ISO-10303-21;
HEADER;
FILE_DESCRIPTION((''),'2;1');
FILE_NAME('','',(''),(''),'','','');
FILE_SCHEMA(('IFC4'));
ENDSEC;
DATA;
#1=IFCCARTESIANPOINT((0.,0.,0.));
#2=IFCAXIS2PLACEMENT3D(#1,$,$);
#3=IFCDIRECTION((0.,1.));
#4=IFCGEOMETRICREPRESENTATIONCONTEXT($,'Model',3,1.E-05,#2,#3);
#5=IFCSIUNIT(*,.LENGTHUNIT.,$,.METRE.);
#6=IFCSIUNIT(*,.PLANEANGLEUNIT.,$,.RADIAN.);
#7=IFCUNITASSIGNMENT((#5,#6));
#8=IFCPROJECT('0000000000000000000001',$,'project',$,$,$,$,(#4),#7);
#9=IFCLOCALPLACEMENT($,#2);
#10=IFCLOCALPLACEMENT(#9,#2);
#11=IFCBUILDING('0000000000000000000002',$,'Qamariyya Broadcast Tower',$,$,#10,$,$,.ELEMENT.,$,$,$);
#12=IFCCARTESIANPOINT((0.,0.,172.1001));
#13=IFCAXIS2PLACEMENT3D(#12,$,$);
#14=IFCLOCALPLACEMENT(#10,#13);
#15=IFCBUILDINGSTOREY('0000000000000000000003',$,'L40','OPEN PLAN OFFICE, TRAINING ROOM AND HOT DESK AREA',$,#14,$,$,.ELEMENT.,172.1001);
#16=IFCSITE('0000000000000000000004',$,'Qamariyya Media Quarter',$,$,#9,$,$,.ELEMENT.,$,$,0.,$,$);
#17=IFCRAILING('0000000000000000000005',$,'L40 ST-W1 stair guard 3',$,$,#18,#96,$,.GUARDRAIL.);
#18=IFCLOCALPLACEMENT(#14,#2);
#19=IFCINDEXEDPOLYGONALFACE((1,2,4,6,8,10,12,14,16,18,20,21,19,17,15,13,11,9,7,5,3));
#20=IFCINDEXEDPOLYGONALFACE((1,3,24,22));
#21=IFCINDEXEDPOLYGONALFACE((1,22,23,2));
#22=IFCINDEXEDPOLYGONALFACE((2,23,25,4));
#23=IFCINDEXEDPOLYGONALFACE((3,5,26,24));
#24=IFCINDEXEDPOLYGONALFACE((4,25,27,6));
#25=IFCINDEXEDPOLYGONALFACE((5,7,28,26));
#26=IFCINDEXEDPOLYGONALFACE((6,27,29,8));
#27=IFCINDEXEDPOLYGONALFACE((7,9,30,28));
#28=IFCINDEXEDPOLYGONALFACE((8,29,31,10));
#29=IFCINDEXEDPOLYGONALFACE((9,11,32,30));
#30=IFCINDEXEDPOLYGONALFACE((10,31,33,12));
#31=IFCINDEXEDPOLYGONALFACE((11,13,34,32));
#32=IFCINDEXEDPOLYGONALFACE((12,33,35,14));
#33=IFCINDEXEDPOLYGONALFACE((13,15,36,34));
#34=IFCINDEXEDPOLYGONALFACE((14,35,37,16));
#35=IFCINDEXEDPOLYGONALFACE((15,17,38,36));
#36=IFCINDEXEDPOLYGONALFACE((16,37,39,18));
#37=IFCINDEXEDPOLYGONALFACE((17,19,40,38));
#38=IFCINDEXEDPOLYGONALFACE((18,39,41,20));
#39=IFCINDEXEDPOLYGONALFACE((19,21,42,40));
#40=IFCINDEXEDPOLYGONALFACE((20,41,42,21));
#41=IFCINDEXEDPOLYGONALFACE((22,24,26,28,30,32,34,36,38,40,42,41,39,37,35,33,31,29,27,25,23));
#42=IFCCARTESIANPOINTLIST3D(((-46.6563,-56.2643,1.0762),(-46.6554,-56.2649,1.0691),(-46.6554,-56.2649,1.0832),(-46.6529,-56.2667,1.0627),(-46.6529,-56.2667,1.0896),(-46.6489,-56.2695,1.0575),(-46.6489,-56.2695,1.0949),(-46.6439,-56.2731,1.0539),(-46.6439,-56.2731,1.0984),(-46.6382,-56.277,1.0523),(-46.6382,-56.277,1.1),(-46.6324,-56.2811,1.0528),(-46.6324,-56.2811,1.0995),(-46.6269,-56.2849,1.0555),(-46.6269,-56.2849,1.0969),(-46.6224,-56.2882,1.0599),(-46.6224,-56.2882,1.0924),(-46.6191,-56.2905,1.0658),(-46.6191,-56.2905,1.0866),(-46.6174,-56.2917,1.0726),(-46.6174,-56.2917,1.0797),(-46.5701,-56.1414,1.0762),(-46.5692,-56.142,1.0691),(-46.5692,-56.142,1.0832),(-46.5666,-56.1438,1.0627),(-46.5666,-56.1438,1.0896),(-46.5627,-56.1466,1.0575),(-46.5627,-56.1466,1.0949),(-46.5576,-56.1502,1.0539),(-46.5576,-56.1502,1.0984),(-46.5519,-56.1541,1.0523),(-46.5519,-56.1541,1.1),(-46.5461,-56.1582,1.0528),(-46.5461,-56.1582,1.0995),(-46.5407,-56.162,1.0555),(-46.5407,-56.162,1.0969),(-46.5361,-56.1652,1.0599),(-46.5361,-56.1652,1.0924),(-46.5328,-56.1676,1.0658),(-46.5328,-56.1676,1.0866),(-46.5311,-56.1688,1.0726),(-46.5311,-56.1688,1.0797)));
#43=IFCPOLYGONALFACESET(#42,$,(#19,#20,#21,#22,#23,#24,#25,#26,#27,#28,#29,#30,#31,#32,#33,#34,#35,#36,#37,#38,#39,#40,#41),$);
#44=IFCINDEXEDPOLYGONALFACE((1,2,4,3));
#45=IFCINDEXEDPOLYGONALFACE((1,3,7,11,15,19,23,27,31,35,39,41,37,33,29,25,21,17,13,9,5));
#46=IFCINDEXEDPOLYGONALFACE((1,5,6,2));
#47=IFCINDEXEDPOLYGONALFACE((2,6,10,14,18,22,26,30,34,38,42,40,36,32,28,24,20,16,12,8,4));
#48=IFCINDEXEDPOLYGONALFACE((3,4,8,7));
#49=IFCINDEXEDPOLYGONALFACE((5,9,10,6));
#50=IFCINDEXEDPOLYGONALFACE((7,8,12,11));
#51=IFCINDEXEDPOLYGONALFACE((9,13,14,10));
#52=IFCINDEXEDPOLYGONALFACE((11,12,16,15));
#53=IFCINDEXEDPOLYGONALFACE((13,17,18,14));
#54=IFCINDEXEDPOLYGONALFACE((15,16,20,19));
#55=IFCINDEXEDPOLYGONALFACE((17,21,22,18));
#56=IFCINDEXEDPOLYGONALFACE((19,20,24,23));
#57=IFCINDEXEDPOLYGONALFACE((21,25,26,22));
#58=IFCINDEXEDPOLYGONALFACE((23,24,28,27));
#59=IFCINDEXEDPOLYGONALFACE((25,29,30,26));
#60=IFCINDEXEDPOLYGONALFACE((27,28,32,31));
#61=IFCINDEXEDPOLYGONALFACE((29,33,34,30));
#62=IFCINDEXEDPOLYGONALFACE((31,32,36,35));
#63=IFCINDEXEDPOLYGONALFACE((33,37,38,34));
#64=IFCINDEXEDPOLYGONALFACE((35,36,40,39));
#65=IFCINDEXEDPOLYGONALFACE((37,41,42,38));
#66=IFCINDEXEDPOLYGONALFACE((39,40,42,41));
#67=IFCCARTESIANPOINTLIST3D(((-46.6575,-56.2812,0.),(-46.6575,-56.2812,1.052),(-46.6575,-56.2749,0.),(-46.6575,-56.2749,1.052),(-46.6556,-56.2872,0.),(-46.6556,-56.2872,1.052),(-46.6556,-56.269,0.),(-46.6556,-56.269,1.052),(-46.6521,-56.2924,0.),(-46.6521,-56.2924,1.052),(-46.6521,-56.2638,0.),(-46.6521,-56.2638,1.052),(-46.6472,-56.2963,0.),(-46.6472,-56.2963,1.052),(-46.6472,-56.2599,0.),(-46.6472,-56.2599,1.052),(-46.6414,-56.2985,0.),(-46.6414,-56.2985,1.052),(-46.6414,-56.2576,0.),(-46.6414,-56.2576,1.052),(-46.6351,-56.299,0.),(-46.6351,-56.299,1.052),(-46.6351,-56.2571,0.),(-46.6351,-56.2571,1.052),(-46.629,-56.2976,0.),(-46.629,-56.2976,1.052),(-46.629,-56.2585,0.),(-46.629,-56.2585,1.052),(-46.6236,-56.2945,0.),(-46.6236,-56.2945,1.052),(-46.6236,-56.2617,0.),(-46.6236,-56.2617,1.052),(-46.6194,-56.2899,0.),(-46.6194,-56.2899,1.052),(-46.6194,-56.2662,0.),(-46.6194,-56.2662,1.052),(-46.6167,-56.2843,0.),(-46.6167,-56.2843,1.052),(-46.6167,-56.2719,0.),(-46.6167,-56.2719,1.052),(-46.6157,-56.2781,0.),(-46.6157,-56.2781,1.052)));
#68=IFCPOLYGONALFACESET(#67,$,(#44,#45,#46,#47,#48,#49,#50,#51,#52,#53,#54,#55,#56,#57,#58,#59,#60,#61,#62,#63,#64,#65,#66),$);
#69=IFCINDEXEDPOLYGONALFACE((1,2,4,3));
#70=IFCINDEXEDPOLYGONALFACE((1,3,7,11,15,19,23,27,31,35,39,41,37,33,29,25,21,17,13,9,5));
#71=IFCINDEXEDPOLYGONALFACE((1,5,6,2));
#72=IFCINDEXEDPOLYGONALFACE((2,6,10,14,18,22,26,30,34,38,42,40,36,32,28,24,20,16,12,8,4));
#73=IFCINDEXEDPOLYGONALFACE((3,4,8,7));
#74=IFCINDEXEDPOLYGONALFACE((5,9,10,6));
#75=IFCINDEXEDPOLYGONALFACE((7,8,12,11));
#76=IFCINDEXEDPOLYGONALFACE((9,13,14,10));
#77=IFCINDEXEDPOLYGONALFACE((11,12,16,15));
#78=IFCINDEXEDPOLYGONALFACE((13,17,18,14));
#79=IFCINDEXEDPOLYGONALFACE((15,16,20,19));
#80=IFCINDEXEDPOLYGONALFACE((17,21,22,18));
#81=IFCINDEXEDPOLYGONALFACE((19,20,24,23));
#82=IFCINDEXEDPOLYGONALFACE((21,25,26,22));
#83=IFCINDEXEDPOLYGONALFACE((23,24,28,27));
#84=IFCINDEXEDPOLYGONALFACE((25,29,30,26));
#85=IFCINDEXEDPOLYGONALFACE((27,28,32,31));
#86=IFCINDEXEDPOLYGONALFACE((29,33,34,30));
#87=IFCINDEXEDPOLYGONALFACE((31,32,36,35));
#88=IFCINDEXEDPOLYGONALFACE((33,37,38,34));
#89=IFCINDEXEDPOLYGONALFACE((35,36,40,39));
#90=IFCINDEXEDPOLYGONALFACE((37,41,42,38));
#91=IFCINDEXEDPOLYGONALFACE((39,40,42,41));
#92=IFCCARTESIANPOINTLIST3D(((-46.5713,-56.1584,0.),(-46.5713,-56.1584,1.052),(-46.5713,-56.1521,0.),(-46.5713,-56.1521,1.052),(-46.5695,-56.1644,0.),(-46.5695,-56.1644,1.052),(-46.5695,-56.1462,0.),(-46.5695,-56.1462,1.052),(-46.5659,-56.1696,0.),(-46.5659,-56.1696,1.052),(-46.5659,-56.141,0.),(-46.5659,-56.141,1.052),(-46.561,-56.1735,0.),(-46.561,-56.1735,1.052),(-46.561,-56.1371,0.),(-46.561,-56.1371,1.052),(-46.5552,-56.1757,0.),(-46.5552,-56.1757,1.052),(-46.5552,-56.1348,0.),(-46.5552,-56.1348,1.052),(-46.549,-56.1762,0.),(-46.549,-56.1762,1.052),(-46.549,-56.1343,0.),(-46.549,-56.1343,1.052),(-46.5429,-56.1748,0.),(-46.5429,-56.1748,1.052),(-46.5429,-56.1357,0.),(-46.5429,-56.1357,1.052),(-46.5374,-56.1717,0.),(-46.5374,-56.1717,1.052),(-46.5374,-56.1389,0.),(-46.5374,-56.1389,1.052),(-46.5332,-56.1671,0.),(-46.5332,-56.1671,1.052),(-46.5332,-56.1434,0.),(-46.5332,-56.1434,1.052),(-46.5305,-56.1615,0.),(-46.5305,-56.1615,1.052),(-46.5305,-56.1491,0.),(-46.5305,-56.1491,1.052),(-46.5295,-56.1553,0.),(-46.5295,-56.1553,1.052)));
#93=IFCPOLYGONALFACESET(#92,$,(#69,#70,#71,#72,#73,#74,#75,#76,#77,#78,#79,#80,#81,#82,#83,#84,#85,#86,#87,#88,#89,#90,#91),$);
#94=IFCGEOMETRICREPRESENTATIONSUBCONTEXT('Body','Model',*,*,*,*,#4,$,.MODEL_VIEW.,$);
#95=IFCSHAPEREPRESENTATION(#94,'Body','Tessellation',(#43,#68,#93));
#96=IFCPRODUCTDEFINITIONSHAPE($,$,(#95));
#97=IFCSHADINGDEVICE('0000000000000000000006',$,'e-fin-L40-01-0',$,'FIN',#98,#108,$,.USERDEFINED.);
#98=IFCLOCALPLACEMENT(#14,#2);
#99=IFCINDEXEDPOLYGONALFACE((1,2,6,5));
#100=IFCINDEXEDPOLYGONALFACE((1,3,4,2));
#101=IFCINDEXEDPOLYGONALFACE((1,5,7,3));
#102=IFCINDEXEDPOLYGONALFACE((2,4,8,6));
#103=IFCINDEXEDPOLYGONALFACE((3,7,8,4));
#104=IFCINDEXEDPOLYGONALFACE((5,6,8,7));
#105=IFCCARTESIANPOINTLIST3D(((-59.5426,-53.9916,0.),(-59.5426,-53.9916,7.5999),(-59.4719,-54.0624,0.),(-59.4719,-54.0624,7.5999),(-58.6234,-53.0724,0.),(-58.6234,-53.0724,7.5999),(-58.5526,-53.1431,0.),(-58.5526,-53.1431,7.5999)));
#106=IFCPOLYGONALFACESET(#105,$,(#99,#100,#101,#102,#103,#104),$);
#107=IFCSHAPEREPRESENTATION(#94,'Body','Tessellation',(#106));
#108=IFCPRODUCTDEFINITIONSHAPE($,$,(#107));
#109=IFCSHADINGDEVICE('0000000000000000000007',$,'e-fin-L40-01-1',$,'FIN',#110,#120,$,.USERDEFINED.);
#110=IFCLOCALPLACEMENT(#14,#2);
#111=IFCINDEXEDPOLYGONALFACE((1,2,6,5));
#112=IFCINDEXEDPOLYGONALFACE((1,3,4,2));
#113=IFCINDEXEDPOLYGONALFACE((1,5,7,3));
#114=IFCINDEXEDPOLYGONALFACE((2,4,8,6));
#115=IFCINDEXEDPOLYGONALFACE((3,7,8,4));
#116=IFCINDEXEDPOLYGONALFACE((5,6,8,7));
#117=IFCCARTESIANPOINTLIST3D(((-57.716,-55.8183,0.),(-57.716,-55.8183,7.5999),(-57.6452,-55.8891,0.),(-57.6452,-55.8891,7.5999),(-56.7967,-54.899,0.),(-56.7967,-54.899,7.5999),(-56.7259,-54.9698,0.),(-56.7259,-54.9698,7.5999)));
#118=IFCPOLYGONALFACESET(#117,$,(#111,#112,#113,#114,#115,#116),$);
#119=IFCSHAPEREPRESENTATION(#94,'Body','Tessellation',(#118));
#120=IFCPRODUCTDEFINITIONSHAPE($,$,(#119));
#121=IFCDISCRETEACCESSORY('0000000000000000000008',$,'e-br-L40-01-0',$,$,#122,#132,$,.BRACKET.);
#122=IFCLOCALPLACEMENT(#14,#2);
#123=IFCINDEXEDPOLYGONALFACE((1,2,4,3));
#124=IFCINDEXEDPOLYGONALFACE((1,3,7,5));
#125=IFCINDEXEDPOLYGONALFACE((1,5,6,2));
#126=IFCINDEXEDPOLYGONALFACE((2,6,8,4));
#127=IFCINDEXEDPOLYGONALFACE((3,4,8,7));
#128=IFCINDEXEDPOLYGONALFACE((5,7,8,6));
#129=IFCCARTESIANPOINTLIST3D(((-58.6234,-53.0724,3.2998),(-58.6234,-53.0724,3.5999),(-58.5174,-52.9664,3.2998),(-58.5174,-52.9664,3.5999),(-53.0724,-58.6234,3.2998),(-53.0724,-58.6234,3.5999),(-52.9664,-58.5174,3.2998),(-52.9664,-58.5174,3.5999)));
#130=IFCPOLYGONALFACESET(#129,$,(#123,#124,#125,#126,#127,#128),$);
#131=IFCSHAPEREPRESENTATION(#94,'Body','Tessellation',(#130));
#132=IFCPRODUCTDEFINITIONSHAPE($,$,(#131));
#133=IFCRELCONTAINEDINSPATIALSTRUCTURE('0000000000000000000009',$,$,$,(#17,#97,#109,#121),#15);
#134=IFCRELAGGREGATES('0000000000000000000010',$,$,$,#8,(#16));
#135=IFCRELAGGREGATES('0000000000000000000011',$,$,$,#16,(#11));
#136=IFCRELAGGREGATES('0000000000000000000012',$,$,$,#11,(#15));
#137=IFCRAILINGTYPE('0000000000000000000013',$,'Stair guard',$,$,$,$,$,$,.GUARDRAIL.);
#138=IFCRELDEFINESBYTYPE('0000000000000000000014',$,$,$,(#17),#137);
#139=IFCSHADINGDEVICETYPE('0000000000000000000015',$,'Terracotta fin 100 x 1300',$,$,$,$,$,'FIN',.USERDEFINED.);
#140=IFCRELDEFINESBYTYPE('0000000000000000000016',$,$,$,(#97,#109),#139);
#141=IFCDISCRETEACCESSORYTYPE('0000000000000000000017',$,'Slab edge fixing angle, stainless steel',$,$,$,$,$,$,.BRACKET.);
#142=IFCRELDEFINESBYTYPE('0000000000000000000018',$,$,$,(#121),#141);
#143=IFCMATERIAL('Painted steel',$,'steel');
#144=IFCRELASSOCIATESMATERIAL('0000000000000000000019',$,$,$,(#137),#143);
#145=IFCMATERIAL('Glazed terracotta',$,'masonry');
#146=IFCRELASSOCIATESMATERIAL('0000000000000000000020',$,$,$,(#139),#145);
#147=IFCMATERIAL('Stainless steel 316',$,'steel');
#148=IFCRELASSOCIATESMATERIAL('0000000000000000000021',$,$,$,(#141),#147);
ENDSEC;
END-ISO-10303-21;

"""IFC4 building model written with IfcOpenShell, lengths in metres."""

from ifc_helpers import new_model, si_unit, direction, frame, origin, origin_2d, place, context, subcontext, project, spatial, rectangle, circle, extrude, material, material_profile, profile_set, type_object, element, save


model = new_model("IFC4")

# Units and contexts
model_context = context("Model", 3, precision=1e-05, world=origin(), true_north=direction((0.0, 1.0)))
body_context = subcontext(model_context, "Body", "Model", "MODEL_VIEW")
ifc_project = project(units=[si_unit("LENGTHUNIT", "METRE"), si_unit("PLANEANGLEUNIT", "RADIAN")], contexts=[model_context])

# Site, building, storey
site_placement = place(None, origin())
site = spatial("IfcSite", under=ifc_project, at=site_placement, Name="Qamariyya Media Quarter", CompositionType="ELEMENT", RefElevation=0.0)
building_placement = place(site_placement, origin())
building = spatial("IfcBuilding", under=site, at=building_placement, Name="Qamariyya Broadcast Tower", CompositionType="ELEMENT")
storey_placement = place(building_placement, frame((0.0, 0.0, 172.1001)))
storey = spatial("IfcBuildingStorey", under=building, at=storey_placement, Name="L40", Description="OPEN PLAN OFFICE, TRAINING ROOM AND HOT DESK AREA", CompositionType="ELEMENT", Elevation=172.1001)

# Railing
ifc_material_1 = material(Name="Painted steel", Category="steel")
railing_type = type_object("IfcRailingType", Name="Stair guard", PredefinedType="GUARDRAIL", material=ifc_material_1)
railing_1_placement = place(storey_placement, frame((-46.6367, -56.2781, 0.0)))
element("IfcRailing", 1, at=railing_1_placement, inside=storey, type_object=railing_type, Name="L40 ST-W1 stair guard 3", PredefinedType="GUARDRAIL", context=body_context, shape_type="SweptSolid", body=[
    extrude(circle(Radius=0.0239, at=origin_2d()), frame((0.0, 0.0, 1.0762), z_axis=(0.574445, 0.818543, 0.0), x_axis=(-0.818543, 0.574445, 0.0)), (0.0, 0.0, 1.0), 0.1501),
    extrude(circle(Radius=0.021, at=origin_2d()), origin(), (0.0, 0.0, 1.0), 1.052),
    extrude(circle(Radius=0.021, at=origin_2d()), frame((0.0862, 0.1228, 0.0)), (0.0, 0.0, 1.0), 1.052),
])

# Shading devices
ifc_material_2 = material(Name="Glazed terracotta", Category="masonry")
ifc_material_profile_1 = material_profile(ifc_material_2, rectangle(XDim=1.3, YDim=0.1001, at=origin_2d()))
ifc_profile_set_1 = profile_set([ifc_material_profile_1], Name="Glazed terracotta")
shading_device_type = type_object("IfcShadingDeviceType", Name="Terracotta fin 100 x 1300", ElementType="FIN", PredefinedType="USERDEFINED", material=ifc_profile_set_1)
for number, where, z_axis, x_axis, name in (
    (2, (-59.0476, -53.5674, 0.0), (0.0, 0.0, 1.0), (-0.707107, -0.707107, 0.0), "e-fin-L40-01-0"),
    (3, (-57.2209, -55.394, 0.0), (0.0, 0.0, 1.0), (-0.707107, -0.707107, 0.0), "e-fin-L40-01-1"),
):
    element("IfcShadingDevice", number, at=place(storey_placement, frame(where, z_axis=z_axis, x_axis=x_axis)), inside=storey, type_object=shading_device_type, Name=name, ObjectType="FIN", PredefinedType="USERDEFINED", context=body_context, shape_type="SweptSolid", body=[
        extrude(rectangle(XDim=1.3, YDim=0.1001, at=origin_2d()), origin(), (0.0, 0.0, 1.0), 7.5999),
    ])

# Discrete accessory
ifc_material_3 = material(Name="Stainless steel 316", Category="steel")
discrete_accessory_type = type_object("IfcDiscreteAccessoryType", Name="Slab edge fixing angle, stainless steel", PredefinedType="BRACKET", material=ifc_material_3)
discrete_accessory_placement = place(storey_placement, frame((-55.7949, -55.7949, 3.2998), z_axis=(0.0, 0.0, 1.0), x_axis=(0.707107, -0.707107, 0.0)))
element("IfcDiscreteAccessory", 4, at=discrete_accessory_placement, inside=storey, type_object=discrete_accessory_type, Name="e-br-L40-01-0", PredefinedType="BRACKET", context=body_context, shape_type="SweptSolid", body=[
    extrude(rectangle(XDim=7.8503, YDim=0.1499, at=origin_2d()), origin(), (0.0, 0.0, 1.0), 0.3),
])

save(model, "model.ifc")
